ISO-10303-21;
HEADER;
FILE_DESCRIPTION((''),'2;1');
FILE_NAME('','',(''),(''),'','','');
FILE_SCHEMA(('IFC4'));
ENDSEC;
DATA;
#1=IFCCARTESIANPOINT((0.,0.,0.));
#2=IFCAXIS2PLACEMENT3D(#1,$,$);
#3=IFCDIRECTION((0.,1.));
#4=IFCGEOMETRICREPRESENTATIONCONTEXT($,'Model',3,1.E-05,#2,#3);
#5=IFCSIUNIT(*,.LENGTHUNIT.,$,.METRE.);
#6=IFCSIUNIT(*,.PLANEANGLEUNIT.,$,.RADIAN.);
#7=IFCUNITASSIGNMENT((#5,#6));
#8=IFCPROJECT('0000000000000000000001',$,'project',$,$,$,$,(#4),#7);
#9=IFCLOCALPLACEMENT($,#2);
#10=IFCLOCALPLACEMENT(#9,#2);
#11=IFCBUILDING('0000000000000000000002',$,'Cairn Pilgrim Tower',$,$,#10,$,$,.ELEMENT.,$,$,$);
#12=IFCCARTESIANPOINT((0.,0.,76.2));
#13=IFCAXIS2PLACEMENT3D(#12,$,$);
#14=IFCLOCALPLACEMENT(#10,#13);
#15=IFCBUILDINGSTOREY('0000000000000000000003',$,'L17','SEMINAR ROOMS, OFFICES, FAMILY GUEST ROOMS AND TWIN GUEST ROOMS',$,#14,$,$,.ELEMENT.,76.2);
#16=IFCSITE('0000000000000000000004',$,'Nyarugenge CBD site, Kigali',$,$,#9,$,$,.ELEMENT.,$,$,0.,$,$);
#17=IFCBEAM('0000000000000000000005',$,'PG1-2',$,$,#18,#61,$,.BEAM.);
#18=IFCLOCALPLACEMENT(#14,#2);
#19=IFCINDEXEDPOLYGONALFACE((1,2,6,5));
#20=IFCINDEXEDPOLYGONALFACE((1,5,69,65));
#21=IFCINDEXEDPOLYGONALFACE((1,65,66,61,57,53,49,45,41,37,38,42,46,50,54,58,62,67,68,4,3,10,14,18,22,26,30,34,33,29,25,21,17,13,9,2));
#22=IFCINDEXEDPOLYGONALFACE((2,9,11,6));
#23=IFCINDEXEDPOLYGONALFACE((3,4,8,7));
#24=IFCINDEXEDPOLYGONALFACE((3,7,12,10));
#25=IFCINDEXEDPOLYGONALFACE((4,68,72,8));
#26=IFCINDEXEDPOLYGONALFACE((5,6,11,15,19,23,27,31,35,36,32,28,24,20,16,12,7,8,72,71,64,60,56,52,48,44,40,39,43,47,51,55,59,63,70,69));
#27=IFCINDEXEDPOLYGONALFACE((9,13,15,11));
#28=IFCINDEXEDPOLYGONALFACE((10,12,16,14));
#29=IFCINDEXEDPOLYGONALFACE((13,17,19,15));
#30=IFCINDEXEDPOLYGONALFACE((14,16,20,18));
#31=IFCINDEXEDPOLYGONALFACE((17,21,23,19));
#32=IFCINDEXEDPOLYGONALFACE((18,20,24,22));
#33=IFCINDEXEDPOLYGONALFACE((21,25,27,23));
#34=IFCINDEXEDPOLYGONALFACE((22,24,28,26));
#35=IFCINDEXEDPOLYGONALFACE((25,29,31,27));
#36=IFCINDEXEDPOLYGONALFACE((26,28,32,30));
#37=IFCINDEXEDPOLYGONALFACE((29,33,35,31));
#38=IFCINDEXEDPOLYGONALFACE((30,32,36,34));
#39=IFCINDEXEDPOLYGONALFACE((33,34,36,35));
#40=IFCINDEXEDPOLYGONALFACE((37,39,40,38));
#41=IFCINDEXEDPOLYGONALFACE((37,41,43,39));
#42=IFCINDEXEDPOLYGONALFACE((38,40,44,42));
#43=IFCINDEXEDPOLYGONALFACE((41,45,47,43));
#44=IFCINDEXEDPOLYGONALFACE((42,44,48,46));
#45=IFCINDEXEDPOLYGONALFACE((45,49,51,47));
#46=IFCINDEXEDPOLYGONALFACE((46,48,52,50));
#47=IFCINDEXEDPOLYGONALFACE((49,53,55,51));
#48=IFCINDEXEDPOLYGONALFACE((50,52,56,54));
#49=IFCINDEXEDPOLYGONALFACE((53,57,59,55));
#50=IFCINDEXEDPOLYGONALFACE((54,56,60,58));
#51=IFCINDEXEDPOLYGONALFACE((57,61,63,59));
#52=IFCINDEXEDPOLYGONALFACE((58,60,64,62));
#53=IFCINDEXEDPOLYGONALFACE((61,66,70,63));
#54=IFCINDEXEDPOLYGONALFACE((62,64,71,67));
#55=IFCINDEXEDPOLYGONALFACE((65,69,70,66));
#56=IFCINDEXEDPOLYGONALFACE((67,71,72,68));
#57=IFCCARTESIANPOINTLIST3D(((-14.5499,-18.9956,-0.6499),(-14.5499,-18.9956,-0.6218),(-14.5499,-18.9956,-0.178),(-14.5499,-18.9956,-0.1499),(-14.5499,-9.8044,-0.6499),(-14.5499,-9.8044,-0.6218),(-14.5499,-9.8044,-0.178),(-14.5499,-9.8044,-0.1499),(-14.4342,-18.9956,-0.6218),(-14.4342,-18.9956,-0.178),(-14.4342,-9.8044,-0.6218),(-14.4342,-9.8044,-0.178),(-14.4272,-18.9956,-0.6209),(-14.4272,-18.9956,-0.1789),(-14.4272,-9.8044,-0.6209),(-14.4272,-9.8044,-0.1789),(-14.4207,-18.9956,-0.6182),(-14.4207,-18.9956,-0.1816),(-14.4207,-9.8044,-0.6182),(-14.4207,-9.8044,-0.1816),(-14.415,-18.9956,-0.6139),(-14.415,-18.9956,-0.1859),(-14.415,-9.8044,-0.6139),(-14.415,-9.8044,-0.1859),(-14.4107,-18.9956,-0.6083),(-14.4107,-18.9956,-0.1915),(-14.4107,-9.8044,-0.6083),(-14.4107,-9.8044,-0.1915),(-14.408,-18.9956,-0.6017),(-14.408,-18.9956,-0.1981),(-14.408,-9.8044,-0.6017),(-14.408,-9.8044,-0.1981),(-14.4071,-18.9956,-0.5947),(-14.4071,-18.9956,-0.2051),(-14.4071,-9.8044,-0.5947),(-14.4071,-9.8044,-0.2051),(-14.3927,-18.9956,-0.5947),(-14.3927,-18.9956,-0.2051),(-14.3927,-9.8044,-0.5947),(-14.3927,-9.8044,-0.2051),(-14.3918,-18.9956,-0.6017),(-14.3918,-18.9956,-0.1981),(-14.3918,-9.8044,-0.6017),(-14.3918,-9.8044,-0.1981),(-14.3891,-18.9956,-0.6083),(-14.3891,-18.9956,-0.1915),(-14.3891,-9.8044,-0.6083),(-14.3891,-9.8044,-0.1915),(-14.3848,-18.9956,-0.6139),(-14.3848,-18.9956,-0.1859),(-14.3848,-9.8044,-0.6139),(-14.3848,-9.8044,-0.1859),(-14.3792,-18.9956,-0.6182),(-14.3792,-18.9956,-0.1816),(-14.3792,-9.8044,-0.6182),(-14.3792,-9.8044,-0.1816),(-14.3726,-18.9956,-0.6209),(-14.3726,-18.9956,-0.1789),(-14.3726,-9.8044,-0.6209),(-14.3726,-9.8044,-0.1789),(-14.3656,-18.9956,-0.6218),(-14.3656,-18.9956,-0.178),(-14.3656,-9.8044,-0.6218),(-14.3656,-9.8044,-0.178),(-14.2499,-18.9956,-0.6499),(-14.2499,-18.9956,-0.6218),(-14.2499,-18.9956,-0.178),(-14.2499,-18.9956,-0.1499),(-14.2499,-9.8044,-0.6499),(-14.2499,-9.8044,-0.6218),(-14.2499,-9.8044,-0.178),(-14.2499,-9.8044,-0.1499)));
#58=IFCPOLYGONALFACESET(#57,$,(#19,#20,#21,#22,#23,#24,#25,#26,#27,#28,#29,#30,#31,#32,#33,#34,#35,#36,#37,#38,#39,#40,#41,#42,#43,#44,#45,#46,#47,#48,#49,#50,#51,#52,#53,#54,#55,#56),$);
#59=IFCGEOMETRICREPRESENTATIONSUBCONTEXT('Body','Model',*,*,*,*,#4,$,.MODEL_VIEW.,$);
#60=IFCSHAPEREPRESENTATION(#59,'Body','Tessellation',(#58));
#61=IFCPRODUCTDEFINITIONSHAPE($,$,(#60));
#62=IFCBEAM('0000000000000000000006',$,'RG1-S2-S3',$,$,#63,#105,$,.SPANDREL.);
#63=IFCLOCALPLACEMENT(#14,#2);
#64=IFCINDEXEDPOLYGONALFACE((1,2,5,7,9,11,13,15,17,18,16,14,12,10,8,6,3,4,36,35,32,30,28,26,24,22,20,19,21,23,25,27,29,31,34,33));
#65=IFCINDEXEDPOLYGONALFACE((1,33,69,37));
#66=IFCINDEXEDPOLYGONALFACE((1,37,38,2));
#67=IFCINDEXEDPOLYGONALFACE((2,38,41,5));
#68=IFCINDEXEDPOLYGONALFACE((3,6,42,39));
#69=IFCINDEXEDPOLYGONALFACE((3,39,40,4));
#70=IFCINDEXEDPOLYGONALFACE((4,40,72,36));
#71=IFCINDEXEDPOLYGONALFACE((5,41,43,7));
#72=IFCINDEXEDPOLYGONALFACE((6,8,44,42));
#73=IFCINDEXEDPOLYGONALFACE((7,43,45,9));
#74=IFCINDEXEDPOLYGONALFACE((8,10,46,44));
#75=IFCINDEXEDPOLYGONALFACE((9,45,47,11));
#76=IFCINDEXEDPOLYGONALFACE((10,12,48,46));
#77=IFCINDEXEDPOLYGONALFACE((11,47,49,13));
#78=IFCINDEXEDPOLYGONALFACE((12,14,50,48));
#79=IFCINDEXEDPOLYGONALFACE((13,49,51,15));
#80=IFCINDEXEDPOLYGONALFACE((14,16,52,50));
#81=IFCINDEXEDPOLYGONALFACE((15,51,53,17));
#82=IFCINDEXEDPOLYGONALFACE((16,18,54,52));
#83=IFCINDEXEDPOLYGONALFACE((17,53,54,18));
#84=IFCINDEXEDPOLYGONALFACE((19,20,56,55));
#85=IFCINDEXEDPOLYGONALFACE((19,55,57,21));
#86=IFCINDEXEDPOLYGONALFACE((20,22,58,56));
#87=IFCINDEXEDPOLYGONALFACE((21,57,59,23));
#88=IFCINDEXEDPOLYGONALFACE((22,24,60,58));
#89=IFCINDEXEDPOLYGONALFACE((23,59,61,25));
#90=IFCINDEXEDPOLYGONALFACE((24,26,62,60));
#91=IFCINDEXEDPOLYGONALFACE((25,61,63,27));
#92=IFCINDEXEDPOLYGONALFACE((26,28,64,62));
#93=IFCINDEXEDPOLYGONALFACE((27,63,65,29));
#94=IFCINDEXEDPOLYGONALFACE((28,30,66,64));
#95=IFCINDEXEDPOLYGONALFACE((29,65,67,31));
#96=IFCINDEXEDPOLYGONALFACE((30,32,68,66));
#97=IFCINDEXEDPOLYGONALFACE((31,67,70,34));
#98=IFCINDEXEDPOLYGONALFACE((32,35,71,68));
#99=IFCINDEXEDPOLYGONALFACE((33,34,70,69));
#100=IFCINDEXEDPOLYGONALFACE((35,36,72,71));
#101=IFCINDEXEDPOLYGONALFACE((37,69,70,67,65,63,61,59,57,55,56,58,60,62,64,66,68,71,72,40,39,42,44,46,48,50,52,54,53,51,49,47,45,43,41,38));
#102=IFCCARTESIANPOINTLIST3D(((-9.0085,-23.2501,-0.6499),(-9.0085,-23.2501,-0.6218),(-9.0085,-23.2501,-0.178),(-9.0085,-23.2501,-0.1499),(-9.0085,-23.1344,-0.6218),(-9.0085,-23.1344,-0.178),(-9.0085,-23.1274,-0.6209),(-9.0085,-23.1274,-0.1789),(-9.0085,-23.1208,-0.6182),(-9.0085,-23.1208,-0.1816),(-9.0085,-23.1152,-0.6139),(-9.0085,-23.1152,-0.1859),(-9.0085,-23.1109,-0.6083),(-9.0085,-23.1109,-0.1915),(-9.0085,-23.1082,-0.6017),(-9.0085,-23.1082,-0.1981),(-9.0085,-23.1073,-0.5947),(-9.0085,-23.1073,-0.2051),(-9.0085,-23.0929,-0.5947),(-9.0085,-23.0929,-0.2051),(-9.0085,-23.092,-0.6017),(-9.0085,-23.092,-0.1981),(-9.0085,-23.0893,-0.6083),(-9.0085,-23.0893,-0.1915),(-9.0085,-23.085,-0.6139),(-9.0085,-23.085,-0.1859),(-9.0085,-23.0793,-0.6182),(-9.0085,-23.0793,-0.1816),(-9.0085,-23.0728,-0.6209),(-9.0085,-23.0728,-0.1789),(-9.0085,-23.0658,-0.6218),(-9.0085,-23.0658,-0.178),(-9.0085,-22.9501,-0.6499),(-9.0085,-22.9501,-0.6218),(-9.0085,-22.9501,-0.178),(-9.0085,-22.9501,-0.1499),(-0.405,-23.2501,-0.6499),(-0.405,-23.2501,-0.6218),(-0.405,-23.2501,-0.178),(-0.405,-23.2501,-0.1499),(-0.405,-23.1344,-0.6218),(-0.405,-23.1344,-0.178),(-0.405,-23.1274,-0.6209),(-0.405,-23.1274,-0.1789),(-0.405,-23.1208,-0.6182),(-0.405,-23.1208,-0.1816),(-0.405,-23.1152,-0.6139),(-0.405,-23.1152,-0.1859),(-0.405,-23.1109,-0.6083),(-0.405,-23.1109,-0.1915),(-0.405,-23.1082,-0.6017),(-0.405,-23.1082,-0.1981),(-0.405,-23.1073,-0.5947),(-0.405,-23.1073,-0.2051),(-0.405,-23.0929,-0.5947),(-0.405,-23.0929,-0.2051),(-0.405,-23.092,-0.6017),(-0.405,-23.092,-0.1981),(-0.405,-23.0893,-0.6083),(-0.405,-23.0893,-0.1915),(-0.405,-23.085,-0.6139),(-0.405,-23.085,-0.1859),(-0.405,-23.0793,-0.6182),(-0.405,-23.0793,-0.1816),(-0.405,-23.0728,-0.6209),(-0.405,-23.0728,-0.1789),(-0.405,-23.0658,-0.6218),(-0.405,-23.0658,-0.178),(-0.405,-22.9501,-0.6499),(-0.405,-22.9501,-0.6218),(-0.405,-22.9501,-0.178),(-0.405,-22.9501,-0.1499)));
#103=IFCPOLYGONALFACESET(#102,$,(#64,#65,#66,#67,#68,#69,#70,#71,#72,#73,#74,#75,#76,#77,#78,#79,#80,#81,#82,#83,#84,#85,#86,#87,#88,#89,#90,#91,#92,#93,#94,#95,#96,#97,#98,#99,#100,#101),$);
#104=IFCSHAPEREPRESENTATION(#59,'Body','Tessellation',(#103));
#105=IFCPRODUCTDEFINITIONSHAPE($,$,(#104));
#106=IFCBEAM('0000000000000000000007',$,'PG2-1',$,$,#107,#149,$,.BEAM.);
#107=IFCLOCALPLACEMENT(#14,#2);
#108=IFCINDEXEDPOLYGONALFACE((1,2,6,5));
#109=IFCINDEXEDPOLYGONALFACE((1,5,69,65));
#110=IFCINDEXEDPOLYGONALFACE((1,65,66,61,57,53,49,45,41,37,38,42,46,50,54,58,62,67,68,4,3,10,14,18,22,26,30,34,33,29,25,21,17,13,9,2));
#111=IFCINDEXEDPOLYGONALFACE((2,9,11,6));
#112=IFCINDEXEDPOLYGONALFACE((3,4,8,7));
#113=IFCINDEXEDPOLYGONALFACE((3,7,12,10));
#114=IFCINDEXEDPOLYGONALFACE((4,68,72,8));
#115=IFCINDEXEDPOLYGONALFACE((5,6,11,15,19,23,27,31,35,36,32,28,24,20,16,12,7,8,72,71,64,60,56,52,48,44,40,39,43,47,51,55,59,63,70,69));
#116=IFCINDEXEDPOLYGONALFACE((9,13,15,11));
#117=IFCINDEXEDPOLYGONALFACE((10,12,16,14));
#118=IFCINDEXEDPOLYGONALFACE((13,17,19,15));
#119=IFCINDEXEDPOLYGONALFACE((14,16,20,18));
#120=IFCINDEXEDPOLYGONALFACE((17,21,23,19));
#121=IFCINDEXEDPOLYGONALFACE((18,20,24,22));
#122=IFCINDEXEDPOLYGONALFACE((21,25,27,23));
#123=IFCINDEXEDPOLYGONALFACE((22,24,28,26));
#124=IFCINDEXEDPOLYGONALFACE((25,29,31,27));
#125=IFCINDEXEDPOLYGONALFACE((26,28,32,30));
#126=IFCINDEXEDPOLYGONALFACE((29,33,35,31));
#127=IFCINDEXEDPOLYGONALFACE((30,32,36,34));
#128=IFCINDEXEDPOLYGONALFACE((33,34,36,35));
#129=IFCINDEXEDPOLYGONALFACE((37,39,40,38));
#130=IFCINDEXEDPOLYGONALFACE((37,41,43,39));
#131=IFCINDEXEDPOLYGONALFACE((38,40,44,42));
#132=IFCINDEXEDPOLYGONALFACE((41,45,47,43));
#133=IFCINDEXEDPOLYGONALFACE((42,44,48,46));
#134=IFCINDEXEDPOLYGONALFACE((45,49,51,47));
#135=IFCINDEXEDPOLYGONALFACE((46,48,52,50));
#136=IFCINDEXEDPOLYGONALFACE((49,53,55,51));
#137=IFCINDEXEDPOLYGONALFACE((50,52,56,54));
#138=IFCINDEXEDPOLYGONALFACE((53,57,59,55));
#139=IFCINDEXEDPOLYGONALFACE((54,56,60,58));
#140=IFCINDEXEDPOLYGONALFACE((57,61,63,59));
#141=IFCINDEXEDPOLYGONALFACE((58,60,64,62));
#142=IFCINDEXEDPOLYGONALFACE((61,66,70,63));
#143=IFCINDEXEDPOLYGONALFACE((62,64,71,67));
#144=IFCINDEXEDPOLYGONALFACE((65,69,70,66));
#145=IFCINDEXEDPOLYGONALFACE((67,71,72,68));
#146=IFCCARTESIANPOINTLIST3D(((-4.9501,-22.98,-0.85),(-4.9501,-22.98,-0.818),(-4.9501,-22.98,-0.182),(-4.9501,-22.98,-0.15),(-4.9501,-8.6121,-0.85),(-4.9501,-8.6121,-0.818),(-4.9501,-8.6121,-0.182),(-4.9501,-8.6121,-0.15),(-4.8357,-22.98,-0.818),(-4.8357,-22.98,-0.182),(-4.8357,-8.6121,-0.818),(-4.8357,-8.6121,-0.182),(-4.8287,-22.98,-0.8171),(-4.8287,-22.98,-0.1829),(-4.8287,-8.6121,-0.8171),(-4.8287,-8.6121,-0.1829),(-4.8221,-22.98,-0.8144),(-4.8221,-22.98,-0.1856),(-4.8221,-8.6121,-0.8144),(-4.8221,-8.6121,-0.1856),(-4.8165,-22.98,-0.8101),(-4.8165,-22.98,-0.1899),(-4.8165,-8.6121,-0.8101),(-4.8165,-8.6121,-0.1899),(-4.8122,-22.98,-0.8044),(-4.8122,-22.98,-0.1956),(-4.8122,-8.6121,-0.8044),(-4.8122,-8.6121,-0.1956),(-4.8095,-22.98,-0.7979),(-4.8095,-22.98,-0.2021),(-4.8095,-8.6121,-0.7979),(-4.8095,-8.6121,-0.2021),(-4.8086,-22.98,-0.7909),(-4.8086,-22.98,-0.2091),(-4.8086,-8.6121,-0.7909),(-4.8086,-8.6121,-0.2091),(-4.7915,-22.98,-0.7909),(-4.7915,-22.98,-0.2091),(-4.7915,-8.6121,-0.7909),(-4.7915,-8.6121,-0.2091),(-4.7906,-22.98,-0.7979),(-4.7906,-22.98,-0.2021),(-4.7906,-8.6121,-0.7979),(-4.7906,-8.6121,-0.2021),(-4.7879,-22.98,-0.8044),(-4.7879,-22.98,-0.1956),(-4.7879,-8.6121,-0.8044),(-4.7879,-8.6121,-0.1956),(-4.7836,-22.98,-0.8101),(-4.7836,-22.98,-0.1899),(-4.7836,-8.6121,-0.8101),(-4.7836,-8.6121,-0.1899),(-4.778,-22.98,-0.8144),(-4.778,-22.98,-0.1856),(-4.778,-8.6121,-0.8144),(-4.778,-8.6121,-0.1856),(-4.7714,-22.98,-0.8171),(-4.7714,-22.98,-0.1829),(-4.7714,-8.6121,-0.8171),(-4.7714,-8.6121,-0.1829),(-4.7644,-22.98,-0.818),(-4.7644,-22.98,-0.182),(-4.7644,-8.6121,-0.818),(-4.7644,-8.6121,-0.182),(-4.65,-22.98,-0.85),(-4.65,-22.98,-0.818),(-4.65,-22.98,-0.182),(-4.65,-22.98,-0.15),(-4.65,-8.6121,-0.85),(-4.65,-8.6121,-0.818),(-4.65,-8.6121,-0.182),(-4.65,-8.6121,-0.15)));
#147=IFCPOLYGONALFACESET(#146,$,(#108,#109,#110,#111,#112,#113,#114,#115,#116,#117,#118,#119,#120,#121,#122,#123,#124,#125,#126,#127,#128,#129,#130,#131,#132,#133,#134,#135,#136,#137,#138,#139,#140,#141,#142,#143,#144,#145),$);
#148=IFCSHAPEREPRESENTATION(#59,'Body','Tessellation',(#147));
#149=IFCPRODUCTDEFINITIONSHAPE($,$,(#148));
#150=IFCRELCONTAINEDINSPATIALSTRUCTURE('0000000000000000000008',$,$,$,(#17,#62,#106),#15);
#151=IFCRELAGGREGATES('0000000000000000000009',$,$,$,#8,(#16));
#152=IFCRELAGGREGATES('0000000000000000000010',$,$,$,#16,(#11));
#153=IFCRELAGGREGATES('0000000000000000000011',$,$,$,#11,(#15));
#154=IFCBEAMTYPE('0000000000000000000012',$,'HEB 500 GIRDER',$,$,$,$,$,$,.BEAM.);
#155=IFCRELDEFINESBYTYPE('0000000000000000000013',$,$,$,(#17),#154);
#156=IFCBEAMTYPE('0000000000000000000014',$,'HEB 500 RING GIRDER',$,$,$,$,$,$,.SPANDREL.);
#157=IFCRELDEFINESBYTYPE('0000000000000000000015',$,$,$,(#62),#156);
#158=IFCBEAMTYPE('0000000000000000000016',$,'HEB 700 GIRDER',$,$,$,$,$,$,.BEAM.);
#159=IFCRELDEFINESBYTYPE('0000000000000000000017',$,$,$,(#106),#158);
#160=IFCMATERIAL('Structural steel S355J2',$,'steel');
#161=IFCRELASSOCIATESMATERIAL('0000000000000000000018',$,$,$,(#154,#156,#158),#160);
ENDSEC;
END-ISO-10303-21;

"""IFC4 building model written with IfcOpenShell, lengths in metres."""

from ifc_helpers import new_model, si_unit, direction, frame, origin, origin_2d, place, context, subcontext, project, spatial, i_section, extrude, material, material_profile, profile_set, type_object, element, save


model = new_model("IFC4")

# Units and contexts
model_context = context("Model", 3, precision=1e-05, world=origin(), true_north=direction((0.0, 1.0)))
body_context = subcontext(model_context, "Body", "Model", "MODEL_VIEW")
ifc_project = project(units=[si_unit("LENGTHUNIT", "METRE"), si_unit("PLANEANGLEUNIT", "RADIAN")], contexts=[model_context])

# Site, building, storey
site_placement = place(None, origin())
site = spatial("IfcSite", under=ifc_project, at=site_placement, Name="Nyarugenge CBD site, Kigali", CompositionType="ELEMENT", RefElevation=0.0)
building_placement = place(site_placement, origin())
building = spatial("IfcBuilding", under=site, at=building_placement, Name="Cairn Pilgrim Tower", CompositionType="ELEMENT")
storey_placement = place(building_placement, frame((0.0, 0.0, 76.2)))
storey = spatial("IfcBuildingStorey", under=building, at=storey_placement, Name="L17", Description="SEMINAR ROOMS, OFFICES, FAMILY GUEST ROOMS AND TWIN GUEST ROOMS", CompositionType="ELEMENT", Elevation=76.2)

# Beams
ifc_material_1 = material(Name="Structural steel S355J2", Category="steel")
ifc_material_profile_1 = material_profile(ifc_material_1, i_section(OverallWidth=0.3, OverallDepth=0.5, WebThickness=0.0144, FlangeThickness=0.0281, FilletRadius=0.0271, at=origin_2d()), Name="HEB 500")
ifc_profile_set_1 = profile_set([ifc_material_profile_1], Name="Structural steel S355J2")
beam_type_1 = type_object("IfcBeamType", Name="HEB 500 GIRDER", PredefinedType="BEAM", material=ifc_profile_set_1)
beam_1_placement = place(storey_placement, frame((-14.3999, -18.9956, -0.3999), z_axis=(0.0, 1.0, 0.0), x_axis=(-1.0, 0.0, 0.0)))
element("IfcBeam", 1, at=beam_1_placement, inside=storey, type_object=beam_type_1, Name="PG1-2", PredefinedType="BEAM", context=body_context, shape_type="SweptSolid", body=[
    extrude(i_section(OverallWidth=0.3, OverallDepth=0.5, WebThickness=0.0144, FlangeThickness=0.0281, FilletRadius=0.0271, at=origin_2d()), origin(), (0.0, 0.0, 1.0), 9.1912),
])
ifc_material_profile_2 = material_profile(ifc_material_1, i_section(OverallWidth=0.3, OverallDepth=0.5, WebThickness=0.0144, FlangeThickness=0.0281, FilletRadius=0.0271, at=origin_2d()), Name="HEB 500")
ifc_profile_set_2 = profile_set([ifc_material_profile_2], Name="Structural steel S355J2")
beam_type_2 = type_object("IfcBeamType", Name="HEB 500 RING GIRDER", PredefinedType="SPANDREL", material=ifc_profile_set_2)
beam_2_placement = place(storey_placement, frame((-9.0085, -23.1001, -0.3999), z_axis=(1.0, 0.0, 0.0), x_axis=(0.0, 1.0, 0.0)))
element("IfcBeam", 2, at=beam_2_placement, inside=storey, type_object=beam_type_2, Name="RG1-S2-S3", PredefinedType="SPANDREL", context=body_context, shape_type="SweptSolid", body=[
    extrude(i_section(OverallWidth=0.3, OverallDepth=0.5, WebThickness=0.0144, FlangeThickness=0.0281, FilletRadius=0.0271, at=origin_2d()), origin(), (0.0, 0.0, 1.0), 8.6035),
])
ifc_material_profile_3 = material_profile(ifc_material_1, i_section(OverallWidth=0.3, OverallDepth=0.7, WebThickness=0.0171, FlangeThickness=0.032, FilletRadius=0.0271, at=origin_2d()), Name="HEB 700")
ifc_profile_set_3 = profile_set([ifc_material_profile_3], Name="Structural steel S355J2")
beam_type_3 = type_object("IfcBeamType", Name="HEB 700 GIRDER", PredefinedType="BEAM", material=ifc_profile_set_3)
beam_3_placement = place(storey_placement, frame((-4.8, -22.98, -0.5), z_axis=(0.0, 1.0, 0.0), x_axis=(-1.0, 0.0, 0.0)))
element("IfcBeam", 3, at=beam_3_placement, inside=storey, type_object=beam_type_3, Name="PG2-1", PredefinedType="BEAM", context=body_context, shape_type="SweptSolid", body=[
    extrude(i_section(OverallWidth=0.3, OverallDepth=0.7, WebThickness=0.0171, FlangeThickness=0.032, FilletRadius=0.0271, at=origin_2d()), origin(), (0.0, 0.0, 1.0), 14.3679),
])

save(model, "model.ifc")
